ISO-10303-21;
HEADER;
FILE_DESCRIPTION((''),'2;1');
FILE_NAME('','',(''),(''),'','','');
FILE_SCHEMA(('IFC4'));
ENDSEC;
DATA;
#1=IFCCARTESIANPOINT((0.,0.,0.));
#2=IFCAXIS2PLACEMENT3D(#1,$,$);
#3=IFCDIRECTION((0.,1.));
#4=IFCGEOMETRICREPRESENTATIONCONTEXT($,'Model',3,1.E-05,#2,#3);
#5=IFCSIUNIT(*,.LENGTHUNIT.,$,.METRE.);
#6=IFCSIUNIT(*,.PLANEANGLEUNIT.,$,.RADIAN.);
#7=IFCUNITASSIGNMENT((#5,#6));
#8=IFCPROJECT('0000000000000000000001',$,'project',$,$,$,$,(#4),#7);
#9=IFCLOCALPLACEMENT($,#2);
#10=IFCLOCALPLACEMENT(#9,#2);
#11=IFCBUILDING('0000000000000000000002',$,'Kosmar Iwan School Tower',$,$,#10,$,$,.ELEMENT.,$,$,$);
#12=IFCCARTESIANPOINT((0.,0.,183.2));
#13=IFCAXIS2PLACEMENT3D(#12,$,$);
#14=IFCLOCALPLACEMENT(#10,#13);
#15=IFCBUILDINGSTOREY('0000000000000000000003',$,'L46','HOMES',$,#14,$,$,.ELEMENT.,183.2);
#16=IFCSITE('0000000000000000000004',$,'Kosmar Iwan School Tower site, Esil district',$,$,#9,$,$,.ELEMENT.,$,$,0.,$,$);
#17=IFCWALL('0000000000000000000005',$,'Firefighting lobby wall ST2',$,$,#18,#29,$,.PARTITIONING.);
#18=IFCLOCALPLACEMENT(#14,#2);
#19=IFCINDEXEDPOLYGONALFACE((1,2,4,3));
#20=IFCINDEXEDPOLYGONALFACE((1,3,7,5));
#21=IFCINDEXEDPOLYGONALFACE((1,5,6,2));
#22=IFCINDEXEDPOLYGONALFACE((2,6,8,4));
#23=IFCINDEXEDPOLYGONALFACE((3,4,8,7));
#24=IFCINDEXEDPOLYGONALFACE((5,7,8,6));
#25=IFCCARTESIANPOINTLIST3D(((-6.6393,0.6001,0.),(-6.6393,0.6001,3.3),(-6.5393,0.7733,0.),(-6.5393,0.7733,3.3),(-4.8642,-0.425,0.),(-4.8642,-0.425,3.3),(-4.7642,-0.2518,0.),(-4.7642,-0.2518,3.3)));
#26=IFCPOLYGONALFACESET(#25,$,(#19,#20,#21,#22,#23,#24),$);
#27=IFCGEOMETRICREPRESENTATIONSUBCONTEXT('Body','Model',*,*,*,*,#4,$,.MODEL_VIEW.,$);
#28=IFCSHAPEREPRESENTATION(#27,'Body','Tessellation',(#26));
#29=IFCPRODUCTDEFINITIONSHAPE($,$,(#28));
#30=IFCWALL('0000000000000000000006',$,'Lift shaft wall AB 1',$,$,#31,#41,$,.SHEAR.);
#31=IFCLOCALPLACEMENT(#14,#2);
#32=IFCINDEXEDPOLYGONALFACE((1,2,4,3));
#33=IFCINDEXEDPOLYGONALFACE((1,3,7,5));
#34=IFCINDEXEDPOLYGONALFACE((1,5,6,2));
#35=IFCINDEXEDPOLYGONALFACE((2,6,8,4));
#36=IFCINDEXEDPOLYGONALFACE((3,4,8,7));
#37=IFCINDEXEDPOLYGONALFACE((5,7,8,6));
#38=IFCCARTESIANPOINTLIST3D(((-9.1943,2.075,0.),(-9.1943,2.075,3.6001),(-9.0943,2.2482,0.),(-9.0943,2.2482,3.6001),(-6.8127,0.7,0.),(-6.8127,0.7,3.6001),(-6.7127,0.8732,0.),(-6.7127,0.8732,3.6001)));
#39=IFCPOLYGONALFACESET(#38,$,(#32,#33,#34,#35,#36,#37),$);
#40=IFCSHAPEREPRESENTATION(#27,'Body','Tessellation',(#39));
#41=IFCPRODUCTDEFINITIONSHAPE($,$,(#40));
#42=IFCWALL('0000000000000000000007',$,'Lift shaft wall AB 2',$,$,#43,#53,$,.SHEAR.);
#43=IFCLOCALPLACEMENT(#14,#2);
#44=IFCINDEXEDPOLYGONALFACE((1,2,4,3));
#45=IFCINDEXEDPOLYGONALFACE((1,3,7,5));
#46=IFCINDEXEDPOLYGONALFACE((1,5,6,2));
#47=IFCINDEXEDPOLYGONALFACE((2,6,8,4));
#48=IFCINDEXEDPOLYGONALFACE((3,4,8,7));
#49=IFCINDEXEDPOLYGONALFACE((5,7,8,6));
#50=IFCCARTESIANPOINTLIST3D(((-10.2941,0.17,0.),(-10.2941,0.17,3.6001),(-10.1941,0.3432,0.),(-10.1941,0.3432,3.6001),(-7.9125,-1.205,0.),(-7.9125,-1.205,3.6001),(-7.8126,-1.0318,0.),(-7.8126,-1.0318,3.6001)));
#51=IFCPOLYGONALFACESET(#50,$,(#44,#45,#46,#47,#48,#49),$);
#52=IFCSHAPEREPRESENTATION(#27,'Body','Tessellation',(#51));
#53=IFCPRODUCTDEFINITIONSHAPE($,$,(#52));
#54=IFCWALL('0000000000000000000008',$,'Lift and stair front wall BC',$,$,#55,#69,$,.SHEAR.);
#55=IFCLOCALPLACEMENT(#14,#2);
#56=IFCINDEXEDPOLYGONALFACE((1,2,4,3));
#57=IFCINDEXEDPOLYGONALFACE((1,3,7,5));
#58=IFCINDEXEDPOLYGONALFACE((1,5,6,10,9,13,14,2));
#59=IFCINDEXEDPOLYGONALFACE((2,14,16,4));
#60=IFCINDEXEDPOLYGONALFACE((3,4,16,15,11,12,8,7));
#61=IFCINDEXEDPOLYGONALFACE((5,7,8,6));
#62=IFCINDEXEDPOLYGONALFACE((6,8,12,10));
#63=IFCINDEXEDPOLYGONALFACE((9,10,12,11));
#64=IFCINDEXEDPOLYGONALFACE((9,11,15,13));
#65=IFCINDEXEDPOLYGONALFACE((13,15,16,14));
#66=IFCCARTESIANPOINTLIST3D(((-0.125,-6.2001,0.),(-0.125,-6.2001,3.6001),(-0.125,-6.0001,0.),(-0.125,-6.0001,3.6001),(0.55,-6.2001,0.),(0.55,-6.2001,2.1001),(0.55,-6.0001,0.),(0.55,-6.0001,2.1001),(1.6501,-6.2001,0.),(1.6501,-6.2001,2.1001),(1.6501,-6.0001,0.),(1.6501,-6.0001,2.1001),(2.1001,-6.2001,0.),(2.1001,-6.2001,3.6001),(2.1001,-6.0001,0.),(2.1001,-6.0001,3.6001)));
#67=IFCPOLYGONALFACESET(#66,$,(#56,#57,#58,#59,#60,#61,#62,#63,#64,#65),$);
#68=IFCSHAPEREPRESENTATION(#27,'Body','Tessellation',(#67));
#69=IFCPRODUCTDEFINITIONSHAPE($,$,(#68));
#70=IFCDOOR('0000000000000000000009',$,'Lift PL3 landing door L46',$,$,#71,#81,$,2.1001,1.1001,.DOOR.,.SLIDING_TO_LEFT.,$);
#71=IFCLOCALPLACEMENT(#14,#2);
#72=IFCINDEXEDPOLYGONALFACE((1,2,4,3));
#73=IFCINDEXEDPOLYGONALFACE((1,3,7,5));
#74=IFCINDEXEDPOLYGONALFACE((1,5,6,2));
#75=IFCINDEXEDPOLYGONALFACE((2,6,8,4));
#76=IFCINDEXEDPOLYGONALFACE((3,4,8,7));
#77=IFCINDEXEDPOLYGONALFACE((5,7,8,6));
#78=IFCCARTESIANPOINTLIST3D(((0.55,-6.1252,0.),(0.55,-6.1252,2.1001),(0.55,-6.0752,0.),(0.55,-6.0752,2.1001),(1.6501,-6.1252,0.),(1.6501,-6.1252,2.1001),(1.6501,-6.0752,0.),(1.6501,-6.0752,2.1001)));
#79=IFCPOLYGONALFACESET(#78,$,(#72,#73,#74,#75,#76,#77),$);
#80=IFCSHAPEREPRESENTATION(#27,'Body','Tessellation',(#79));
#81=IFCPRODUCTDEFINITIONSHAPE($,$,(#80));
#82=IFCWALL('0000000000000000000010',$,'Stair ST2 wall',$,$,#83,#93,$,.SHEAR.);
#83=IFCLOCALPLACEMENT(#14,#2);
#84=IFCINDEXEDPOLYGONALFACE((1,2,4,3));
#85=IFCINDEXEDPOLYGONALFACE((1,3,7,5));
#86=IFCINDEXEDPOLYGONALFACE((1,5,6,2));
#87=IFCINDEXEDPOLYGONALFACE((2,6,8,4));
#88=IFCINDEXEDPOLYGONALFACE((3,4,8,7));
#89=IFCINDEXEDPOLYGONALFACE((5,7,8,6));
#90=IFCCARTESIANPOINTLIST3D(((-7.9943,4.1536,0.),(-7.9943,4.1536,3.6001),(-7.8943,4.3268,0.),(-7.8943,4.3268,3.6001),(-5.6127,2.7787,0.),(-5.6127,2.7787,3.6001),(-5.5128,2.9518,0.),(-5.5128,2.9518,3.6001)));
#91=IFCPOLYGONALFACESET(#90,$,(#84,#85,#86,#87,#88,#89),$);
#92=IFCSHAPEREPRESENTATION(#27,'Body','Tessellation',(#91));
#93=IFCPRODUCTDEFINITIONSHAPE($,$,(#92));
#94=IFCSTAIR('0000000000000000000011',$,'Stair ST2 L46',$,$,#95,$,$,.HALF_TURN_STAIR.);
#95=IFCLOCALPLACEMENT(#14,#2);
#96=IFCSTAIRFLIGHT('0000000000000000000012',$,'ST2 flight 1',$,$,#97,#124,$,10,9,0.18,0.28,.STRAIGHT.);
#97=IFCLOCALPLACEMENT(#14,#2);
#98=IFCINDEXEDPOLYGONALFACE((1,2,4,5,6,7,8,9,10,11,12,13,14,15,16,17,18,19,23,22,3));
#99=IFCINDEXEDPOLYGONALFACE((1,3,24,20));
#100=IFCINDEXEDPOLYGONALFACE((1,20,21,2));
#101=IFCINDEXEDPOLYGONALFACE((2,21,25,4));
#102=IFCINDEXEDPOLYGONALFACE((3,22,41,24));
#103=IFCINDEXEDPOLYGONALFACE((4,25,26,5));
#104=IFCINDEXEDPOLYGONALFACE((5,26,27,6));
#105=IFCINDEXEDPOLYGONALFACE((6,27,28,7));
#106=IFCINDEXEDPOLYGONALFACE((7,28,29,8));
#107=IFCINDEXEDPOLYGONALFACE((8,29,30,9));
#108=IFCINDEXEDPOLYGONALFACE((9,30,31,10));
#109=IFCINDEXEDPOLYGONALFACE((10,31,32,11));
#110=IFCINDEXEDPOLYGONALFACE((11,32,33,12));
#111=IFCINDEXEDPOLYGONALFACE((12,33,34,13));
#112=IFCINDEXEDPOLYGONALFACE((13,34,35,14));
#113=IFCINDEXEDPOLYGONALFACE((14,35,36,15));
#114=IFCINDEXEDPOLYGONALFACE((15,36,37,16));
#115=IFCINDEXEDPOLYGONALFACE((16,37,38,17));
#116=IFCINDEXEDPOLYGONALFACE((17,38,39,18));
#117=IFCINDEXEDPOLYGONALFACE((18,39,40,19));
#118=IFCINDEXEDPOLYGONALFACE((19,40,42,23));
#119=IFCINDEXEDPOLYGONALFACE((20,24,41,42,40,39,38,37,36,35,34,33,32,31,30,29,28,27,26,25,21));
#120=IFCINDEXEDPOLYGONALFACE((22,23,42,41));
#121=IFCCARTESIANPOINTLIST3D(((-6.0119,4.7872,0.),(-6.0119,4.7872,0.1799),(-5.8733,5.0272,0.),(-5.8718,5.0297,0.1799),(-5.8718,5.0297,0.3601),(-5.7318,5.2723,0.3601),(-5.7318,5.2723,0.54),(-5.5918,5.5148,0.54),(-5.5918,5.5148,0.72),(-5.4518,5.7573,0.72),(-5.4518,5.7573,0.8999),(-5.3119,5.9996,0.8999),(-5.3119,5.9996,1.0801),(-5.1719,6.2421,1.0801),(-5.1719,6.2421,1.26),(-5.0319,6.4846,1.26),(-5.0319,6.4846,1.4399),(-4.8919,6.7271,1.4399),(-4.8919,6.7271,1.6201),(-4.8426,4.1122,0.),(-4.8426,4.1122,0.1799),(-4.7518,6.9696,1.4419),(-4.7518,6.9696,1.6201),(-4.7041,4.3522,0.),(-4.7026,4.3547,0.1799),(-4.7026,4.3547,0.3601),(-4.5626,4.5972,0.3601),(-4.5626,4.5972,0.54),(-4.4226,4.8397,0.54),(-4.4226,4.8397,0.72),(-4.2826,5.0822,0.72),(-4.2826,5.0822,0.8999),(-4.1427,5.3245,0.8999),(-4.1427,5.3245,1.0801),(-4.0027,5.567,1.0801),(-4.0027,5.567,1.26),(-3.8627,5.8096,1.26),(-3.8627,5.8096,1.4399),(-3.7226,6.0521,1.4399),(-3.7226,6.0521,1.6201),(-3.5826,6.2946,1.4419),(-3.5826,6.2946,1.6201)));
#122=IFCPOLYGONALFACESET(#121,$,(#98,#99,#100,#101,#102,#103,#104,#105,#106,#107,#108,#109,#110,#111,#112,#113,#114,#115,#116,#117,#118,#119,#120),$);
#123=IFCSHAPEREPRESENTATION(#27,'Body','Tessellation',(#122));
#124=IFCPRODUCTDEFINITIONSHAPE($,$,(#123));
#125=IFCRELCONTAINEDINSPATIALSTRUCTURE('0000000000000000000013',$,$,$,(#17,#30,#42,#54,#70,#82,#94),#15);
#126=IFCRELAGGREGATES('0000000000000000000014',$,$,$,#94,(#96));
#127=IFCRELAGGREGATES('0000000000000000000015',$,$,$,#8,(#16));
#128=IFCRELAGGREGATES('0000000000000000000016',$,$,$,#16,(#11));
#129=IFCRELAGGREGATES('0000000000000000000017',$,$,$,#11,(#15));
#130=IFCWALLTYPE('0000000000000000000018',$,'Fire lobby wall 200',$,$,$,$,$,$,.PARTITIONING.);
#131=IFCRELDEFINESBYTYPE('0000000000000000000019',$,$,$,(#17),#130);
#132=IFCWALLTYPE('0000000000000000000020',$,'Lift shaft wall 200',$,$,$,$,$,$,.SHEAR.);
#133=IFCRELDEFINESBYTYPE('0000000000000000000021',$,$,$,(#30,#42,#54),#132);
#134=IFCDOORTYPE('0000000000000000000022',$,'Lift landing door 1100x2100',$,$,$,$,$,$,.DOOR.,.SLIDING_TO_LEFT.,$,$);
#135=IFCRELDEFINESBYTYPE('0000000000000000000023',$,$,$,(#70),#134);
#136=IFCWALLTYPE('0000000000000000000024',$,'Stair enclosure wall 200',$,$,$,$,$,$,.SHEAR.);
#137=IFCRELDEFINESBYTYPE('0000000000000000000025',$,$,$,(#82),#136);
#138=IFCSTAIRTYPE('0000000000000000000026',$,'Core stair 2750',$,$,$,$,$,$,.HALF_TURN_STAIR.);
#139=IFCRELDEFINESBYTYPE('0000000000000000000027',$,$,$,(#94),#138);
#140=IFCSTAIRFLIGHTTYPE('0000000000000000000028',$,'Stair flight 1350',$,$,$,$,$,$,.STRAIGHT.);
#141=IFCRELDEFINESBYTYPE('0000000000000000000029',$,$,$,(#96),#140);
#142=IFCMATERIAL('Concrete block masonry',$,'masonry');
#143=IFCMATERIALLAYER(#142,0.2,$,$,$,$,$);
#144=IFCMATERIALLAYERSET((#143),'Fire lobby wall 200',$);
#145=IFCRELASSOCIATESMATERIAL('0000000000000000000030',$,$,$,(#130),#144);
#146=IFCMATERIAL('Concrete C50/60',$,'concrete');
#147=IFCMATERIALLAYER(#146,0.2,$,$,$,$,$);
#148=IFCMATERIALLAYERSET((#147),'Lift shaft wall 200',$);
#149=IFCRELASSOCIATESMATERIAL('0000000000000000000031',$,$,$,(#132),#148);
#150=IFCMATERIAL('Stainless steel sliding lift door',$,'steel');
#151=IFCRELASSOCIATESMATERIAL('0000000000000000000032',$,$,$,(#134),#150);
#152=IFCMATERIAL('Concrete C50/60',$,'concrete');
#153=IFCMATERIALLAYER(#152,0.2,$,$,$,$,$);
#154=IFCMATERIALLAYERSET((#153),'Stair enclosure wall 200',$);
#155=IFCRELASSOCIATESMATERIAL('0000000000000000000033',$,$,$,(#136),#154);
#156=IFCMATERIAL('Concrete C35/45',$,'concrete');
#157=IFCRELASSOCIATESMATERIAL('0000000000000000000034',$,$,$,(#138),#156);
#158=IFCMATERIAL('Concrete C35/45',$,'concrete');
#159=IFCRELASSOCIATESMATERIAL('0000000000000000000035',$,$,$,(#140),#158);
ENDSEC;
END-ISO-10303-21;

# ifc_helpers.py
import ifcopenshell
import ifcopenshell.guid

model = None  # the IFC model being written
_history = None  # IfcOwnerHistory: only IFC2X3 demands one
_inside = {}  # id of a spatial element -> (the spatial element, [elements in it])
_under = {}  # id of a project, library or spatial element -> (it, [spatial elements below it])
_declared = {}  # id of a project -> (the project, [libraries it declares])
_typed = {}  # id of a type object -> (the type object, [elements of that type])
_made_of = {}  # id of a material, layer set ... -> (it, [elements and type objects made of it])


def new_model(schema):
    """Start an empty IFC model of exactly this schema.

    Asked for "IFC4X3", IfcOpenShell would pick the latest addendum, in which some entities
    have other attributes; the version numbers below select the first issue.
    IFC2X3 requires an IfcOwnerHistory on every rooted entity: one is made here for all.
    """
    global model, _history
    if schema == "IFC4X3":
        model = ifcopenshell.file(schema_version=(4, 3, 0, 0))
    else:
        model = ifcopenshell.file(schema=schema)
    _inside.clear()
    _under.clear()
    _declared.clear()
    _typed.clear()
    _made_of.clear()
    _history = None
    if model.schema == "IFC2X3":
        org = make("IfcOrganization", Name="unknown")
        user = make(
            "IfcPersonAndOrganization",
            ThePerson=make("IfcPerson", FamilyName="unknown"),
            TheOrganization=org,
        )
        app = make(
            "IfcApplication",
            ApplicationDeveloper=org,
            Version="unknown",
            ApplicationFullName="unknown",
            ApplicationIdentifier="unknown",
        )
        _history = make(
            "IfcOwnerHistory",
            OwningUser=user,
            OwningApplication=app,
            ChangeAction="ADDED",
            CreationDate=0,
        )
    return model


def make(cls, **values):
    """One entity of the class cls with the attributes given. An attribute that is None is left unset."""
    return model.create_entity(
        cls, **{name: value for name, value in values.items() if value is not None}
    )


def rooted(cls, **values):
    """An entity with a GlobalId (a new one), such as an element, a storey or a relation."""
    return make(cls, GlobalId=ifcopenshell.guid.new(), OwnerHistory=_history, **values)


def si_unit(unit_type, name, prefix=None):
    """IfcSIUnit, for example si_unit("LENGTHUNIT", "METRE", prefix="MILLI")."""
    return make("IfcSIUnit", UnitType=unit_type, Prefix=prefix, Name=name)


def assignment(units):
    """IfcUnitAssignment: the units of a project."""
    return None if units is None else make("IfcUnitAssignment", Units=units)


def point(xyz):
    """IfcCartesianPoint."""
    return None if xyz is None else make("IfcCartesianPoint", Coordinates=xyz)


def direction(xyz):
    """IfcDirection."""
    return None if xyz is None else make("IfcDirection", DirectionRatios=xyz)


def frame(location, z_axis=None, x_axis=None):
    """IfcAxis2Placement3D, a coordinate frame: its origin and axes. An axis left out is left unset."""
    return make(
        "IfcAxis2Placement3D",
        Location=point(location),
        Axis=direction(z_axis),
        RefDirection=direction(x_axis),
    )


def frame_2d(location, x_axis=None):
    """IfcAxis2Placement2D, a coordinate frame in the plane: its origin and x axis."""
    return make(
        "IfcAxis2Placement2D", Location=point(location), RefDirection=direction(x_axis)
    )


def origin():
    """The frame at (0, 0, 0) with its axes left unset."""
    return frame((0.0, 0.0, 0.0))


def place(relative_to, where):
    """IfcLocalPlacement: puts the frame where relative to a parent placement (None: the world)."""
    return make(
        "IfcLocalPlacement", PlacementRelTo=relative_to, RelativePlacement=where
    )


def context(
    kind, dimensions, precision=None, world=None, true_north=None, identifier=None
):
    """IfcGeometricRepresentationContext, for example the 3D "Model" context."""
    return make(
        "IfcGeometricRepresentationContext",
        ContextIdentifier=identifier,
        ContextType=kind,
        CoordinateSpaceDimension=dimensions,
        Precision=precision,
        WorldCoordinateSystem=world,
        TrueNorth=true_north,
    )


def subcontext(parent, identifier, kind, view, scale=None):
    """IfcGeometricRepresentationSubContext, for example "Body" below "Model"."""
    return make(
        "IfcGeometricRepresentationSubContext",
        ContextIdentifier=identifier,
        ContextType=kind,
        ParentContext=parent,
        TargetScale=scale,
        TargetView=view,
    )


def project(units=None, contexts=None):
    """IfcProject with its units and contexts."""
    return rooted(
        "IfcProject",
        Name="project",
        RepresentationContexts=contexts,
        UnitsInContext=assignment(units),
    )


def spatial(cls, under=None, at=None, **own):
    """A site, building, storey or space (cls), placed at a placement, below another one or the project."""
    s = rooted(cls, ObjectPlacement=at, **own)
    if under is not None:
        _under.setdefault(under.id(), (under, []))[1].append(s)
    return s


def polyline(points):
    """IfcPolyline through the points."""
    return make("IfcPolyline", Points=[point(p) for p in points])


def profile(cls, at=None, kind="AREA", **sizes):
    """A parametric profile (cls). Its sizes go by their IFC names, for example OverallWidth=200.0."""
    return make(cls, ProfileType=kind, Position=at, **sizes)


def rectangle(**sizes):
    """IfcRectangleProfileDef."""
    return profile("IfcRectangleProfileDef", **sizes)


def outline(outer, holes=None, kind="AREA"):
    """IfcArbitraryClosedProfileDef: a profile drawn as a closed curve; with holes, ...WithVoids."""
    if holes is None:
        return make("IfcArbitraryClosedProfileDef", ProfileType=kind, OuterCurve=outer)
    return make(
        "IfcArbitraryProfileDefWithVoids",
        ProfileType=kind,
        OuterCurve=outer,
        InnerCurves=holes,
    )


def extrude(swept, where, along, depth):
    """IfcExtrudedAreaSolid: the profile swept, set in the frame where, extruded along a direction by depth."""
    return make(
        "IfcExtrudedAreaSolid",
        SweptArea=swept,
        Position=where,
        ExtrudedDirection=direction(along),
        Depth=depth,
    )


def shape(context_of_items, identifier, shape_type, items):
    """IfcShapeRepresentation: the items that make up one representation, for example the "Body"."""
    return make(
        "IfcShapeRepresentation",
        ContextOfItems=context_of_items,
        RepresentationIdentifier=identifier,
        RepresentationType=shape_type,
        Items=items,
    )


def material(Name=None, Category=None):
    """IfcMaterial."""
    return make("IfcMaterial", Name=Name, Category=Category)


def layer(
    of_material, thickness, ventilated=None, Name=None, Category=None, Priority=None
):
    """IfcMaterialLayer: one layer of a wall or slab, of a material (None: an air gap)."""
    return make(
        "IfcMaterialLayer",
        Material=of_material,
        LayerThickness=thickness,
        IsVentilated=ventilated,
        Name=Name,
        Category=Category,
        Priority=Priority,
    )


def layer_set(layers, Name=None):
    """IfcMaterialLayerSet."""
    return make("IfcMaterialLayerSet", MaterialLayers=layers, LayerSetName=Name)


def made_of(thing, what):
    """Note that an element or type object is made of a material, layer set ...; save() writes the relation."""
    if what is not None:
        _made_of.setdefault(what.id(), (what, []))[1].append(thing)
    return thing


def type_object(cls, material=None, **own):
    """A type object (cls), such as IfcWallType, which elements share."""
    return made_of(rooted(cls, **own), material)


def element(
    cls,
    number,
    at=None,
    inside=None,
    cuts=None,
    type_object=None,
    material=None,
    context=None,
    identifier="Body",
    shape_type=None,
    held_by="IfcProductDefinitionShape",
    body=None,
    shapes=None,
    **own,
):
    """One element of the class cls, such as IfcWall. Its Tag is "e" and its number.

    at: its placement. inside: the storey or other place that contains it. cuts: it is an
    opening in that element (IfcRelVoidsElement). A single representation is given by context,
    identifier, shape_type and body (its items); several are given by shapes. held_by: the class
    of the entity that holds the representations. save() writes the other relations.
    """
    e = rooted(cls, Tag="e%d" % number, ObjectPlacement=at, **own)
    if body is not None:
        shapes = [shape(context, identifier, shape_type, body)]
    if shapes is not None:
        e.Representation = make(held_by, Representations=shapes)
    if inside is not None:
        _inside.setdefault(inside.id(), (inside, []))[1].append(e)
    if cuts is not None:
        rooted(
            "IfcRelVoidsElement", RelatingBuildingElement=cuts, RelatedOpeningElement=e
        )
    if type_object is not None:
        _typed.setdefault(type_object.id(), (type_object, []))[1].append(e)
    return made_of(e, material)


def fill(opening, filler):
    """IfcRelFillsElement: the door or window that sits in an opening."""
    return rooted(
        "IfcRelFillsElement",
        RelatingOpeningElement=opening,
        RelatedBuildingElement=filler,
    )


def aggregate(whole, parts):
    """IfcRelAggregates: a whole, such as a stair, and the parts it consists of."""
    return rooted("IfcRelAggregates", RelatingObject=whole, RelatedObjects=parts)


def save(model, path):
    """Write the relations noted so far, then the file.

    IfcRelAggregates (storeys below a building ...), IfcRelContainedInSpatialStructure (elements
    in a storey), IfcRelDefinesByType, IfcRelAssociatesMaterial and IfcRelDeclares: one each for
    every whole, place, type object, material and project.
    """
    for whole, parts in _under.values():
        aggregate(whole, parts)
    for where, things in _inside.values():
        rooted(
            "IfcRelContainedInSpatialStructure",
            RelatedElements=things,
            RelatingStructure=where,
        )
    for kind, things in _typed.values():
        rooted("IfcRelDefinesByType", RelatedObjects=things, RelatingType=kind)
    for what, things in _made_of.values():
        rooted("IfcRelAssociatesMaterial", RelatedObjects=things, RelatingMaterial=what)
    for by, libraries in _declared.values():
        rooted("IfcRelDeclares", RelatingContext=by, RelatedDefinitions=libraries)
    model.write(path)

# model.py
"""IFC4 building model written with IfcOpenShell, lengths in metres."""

from ifc_helpers import new_model, si_unit, direction, frame, frame_2d, origin, place, context, subcontext, project, spatial, polyline, rectangle, outline, extrude, material, layer, layer_set, type_object, element, fill, aggregate, save


model = new_model("IFC4")

# Units and contexts
model_context = context("Model", 3, precision=1e-05, world=origin(), true_north=direction((0.0, 1.0)))
body_context = subcontext(model_context, "Body", "Model", "MODEL_VIEW")
ifc_project = project(units=[si_unit("LENGTHUNIT", "METRE"), si_unit("PLANEANGLEUNIT", "RADIAN")], contexts=[model_context])

# Site, building, storey
site_placement = place(None, origin())
site = spatial("IfcSite", under=ifc_project, at=site_placement, Name="Kosmar Iwan School Tower site, Esil district", CompositionType="ELEMENT", RefElevation=0.0)
building_placement = place(site_placement, origin())
building = spatial("IfcBuilding", under=site, at=building_placement, Name="Kosmar Iwan School Tower", CompositionType="ELEMENT")
storey_placement = place(building_placement, frame((0.0, 0.0, 183.2)))
storey = spatial("IfcBuildingStorey", under=building, at=storey_placement, Name="L46", Description="HOMES", CompositionType="ELEMENT", Elevation=183.2)

# Shared definitions
ifc_material_1 = material(Name="Concrete block masonry", Category="masonry")
ifc_layer_1 = layer(ifc_material_1, 0.2)
ifc_layer_set_1 = layer_set([ifc_layer_1], Name="Fire lobby wall 200")
wall_type_1 = type_object("IfcWallType", Name="Fire lobby wall 200", PredefinedType="PARTITIONING", material=ifc_layer_set_1)

# Walls
wall_1_placement = place(storey_placement, frame((-4.8142, -0.3384, 0.0), z_axis=(0.0, 0.0, 1.0), x_axis=(-0.865969, 0.500097, 0.0)))
element("IfcWall", 1, at=wall_1_placement, inside=storey, type_object=wall_type_1, Name="Firefighting lobby wall ST2", PredefinedType="PARTITIONING", context=body_context, shape_type="SweptSolid", body=[
    extrude(rectangle(XDim=2.0498, YDim=0.2, at=frame_2d((1.0249, 0.0))), origin(), (0.0, 0.0, 1.0), 3.3),
])
ifc_material_2 = material(Name="Concrete C50/60", Category="concrete")
ifc_layer_2 = layer(ifc_material_2, 0.2)
ifc_layer_set_2 = layer_set([ifc_layer_2], Name="Lift shaft wall 200")
wall_type_2 = type_object("IfcWallType", Name="Lift shaft wall 200", PredefinedType="SHEAR", material=ifc_layer_set_2)
for number, where, z_axis, x_axis, name in (
    (2, (-6.7627, 0.7866, 0.0), (0.0, 0.0, 1.0), (-0.866027, 0.499997, 0.0), "Lift shaft wall AB 1"),
    (3, (-7.8625, -1.1184, 0.0), (0.0, 0.0, 1.0), (-0.866027, 0.499997, 0.0), "Lift shaft wall AB 2"),
):
    element("IfcWall", number, at=place(storey_placement, frame(where, z_axis=z_axis, x_axis=x_axis)), inside=storey, type_object=wall_type_2, Name=name, PredefinedType="SHEAR", context=body_context, shape_type="SweptSolid", body=[
        extrude(rectangle(XDim=2.75, YDim=0.2, at=frame_2d((1.375, 0.0))), origin(), (0.0, 0.0, 1.0), 3.6001),
    ])

# Wall, opening, door
wall_2_placement = place(storey_placement, frame((-0.125, -6.1001, 0.0), z_axis=(0.0, 0.0, 1.0), x_axis=(1.0, 0.0, 0.0)))
wall_2 = element("IfcWall", 4, at=wall_2_placement, inside=storey, type_object=wall_type_2, Name="Lift and stair front wall BC", PredefinedType="SHEAR", context=body_context, shape_type="SweptSolid", body=[
    extrude(rectangle(XDim=2.2251, YDim=0.2, at=frame_2d((1.1125, 0.0))), origin(), (0.0, 0.0, 1.0), 3.6001),
])
opening_1_placement = place(wall_2_placement, frame((0.675, 0.0, 0.0)))
opening_1 = element("IfcOpeningElement", 5, at=opening_1_placement, cuts=wall_2, PredefinedType="OPENING", context=body_context, shape_type="SweptSolid", body=[
    extrude(rectangle(XDim=1.1001, YDim=2.1001, at=frame_2d((0.55, 1.05))), frame((0.0, 0.1121, 0.0), z_axis=(0.0, -1.0, 0.0), x_axis=(1.0, 0.0, 0.0)), (0.0, 0.0, 1.0), 0.2239),
])
ifc_material_3 = material(Name="Stainless steel sliding lift door", Category="steel")
door_type_1 = type_object("IfcDoorType", Name="Lift landing door 1100x2100", OperationType="SLIDING_TO_LEFT", PredefinedType="DOOR", material=ifc_material_3)
door_1_placement = place(opening_1_placement, origin())
door_1 = element("IfcDoor", 6, at=door_1_placement, inside=storey, type_object=door_type_1, Name="Lift PL3 landing door L46", OperationType="SLIDING_TO_LEFT", OverallHeight=2.1001, OverallWidth=1.1001, PredefinedType="DOOR", context=body_context, shape_type="SweptSolid", body=[
    extrude(rectangle(XDim=1.1001, YDim=2.1001, at=frame_2d((0.55, 1.05))), frame((0.0, 0.0249, 0.0), z_axis=(0.0, -1.0, 0.0), x_axis=(1.0, 0.0, 0.0)), (0.0, 0.0, 1.0), 0.05),
])
fill(opening_1, door_1)

# Wall
ifc_material_4 = material(Name="Concrete C50/60", Category="concrete")
ifc_layer_3 = layer(ifc_material_4, 0.2)
ifc_layer_set_3 = layer_set([ifc_layer_3], Name="Stair enclosure wall 200")
wall_type_3 = type_object("IfcWallType", Name="Stair enclosure wall 200", PredefinedType="SHEAR", material=ifc_layer_set_3)
wall_3_placement = place(storey_placement, frame((-5.5627, 2.8652, 0.0), z_axis=(0.0, 0.0, 1.0), x_axis=(-0.866027, 0.499997, 0.0)))
element("IfcWall", 7, at=wall_3_placement, inside=storey, type_object=wall_type_3, Name="Stair ST2 wall", PredefinedType="SHEAR", context=body_context, shape_type="SweptSolid", body=[
    extrude(rectangle(XDim=2.75, YDim=0.2, at=frame_2d((1.375, 0.0))), origin(), (0.0, 0.0, 1.0), 3.6001),
])

# Stair, stair flight
ifc_material_5 = material(Name="Concrete C35/45", Category="concrete")
stair_type = type_object("IfcStairType", Name="Core stair 2750", PredefinedType="HALF_TURN_STAIR", material=ifc_material_5)
stair_placement = place(storey_placement, origin())
stair = element("IfcStair", 8, at=stair_placement, inside=storey, type_object=stair_type, Name="Stair ST2 L46", PredefinedType="HALF_TURN_STAIR")
ifc_material_6 = material(Name="Concrete C35/45", Category="concrete")
stair_flight_type = type_object("IfcStairFlightType", Name="Stair flight 1350", PredefinedType="STRAIGHT", material=ifc_material_6)
stair_flight_placement = place(storey_placement, frame((-5.4272, 4.4497, 0.0), z_axis=(0.0, 0.0, 1.0), x_axis=(0.5, 0.866025, 0.0)))
stair_flight = element("IfcStairFlight", 9, at=stair_flight_placement, type_object=stair_flight_type, Name="ST2 flight 1", NumberOfRisers=10, NumberOfTreads=9, PredefinedType="STRAIGHT", RiserHeight=0.18, TreadLength=0.28, context=body_context, shape_type="SweptSolid", body=[
    extrude(outline(polyline([(0.0, 0.0), (0.0, 0.1799), (0.28, 0.1799), (0.28, 0.3601), (0.5601, 0.3601), (0.5601, 0.54), (0.8401, 0.54), (0.8401, 0.72), (1.1201, 0.72), (1.1201, 0.8999), (1.3999, 0.8999), (1.3999, 1.0801), (1.6799, 1.0801), (1.6799, 1.26), (1.96, 1.26), (1.96, 1.4399), (2.24, 1.4399), (2.24, 1.6201), (2.52, 1.6201), (2.52, 1.8), (2.52, 1.4419), (0.2771, 0.0), (0.0, 0.0)])), frame((0.0, 0.675, 0.0), z_axis=(0.0, -1.0, 0.0), x_axis=(1.0, 0.0, 0.0)), (0.0, 0.0, 1.0), 1.3501),
])
aggregate(stair, [stair_flight])

save(model, "model.ifc")
